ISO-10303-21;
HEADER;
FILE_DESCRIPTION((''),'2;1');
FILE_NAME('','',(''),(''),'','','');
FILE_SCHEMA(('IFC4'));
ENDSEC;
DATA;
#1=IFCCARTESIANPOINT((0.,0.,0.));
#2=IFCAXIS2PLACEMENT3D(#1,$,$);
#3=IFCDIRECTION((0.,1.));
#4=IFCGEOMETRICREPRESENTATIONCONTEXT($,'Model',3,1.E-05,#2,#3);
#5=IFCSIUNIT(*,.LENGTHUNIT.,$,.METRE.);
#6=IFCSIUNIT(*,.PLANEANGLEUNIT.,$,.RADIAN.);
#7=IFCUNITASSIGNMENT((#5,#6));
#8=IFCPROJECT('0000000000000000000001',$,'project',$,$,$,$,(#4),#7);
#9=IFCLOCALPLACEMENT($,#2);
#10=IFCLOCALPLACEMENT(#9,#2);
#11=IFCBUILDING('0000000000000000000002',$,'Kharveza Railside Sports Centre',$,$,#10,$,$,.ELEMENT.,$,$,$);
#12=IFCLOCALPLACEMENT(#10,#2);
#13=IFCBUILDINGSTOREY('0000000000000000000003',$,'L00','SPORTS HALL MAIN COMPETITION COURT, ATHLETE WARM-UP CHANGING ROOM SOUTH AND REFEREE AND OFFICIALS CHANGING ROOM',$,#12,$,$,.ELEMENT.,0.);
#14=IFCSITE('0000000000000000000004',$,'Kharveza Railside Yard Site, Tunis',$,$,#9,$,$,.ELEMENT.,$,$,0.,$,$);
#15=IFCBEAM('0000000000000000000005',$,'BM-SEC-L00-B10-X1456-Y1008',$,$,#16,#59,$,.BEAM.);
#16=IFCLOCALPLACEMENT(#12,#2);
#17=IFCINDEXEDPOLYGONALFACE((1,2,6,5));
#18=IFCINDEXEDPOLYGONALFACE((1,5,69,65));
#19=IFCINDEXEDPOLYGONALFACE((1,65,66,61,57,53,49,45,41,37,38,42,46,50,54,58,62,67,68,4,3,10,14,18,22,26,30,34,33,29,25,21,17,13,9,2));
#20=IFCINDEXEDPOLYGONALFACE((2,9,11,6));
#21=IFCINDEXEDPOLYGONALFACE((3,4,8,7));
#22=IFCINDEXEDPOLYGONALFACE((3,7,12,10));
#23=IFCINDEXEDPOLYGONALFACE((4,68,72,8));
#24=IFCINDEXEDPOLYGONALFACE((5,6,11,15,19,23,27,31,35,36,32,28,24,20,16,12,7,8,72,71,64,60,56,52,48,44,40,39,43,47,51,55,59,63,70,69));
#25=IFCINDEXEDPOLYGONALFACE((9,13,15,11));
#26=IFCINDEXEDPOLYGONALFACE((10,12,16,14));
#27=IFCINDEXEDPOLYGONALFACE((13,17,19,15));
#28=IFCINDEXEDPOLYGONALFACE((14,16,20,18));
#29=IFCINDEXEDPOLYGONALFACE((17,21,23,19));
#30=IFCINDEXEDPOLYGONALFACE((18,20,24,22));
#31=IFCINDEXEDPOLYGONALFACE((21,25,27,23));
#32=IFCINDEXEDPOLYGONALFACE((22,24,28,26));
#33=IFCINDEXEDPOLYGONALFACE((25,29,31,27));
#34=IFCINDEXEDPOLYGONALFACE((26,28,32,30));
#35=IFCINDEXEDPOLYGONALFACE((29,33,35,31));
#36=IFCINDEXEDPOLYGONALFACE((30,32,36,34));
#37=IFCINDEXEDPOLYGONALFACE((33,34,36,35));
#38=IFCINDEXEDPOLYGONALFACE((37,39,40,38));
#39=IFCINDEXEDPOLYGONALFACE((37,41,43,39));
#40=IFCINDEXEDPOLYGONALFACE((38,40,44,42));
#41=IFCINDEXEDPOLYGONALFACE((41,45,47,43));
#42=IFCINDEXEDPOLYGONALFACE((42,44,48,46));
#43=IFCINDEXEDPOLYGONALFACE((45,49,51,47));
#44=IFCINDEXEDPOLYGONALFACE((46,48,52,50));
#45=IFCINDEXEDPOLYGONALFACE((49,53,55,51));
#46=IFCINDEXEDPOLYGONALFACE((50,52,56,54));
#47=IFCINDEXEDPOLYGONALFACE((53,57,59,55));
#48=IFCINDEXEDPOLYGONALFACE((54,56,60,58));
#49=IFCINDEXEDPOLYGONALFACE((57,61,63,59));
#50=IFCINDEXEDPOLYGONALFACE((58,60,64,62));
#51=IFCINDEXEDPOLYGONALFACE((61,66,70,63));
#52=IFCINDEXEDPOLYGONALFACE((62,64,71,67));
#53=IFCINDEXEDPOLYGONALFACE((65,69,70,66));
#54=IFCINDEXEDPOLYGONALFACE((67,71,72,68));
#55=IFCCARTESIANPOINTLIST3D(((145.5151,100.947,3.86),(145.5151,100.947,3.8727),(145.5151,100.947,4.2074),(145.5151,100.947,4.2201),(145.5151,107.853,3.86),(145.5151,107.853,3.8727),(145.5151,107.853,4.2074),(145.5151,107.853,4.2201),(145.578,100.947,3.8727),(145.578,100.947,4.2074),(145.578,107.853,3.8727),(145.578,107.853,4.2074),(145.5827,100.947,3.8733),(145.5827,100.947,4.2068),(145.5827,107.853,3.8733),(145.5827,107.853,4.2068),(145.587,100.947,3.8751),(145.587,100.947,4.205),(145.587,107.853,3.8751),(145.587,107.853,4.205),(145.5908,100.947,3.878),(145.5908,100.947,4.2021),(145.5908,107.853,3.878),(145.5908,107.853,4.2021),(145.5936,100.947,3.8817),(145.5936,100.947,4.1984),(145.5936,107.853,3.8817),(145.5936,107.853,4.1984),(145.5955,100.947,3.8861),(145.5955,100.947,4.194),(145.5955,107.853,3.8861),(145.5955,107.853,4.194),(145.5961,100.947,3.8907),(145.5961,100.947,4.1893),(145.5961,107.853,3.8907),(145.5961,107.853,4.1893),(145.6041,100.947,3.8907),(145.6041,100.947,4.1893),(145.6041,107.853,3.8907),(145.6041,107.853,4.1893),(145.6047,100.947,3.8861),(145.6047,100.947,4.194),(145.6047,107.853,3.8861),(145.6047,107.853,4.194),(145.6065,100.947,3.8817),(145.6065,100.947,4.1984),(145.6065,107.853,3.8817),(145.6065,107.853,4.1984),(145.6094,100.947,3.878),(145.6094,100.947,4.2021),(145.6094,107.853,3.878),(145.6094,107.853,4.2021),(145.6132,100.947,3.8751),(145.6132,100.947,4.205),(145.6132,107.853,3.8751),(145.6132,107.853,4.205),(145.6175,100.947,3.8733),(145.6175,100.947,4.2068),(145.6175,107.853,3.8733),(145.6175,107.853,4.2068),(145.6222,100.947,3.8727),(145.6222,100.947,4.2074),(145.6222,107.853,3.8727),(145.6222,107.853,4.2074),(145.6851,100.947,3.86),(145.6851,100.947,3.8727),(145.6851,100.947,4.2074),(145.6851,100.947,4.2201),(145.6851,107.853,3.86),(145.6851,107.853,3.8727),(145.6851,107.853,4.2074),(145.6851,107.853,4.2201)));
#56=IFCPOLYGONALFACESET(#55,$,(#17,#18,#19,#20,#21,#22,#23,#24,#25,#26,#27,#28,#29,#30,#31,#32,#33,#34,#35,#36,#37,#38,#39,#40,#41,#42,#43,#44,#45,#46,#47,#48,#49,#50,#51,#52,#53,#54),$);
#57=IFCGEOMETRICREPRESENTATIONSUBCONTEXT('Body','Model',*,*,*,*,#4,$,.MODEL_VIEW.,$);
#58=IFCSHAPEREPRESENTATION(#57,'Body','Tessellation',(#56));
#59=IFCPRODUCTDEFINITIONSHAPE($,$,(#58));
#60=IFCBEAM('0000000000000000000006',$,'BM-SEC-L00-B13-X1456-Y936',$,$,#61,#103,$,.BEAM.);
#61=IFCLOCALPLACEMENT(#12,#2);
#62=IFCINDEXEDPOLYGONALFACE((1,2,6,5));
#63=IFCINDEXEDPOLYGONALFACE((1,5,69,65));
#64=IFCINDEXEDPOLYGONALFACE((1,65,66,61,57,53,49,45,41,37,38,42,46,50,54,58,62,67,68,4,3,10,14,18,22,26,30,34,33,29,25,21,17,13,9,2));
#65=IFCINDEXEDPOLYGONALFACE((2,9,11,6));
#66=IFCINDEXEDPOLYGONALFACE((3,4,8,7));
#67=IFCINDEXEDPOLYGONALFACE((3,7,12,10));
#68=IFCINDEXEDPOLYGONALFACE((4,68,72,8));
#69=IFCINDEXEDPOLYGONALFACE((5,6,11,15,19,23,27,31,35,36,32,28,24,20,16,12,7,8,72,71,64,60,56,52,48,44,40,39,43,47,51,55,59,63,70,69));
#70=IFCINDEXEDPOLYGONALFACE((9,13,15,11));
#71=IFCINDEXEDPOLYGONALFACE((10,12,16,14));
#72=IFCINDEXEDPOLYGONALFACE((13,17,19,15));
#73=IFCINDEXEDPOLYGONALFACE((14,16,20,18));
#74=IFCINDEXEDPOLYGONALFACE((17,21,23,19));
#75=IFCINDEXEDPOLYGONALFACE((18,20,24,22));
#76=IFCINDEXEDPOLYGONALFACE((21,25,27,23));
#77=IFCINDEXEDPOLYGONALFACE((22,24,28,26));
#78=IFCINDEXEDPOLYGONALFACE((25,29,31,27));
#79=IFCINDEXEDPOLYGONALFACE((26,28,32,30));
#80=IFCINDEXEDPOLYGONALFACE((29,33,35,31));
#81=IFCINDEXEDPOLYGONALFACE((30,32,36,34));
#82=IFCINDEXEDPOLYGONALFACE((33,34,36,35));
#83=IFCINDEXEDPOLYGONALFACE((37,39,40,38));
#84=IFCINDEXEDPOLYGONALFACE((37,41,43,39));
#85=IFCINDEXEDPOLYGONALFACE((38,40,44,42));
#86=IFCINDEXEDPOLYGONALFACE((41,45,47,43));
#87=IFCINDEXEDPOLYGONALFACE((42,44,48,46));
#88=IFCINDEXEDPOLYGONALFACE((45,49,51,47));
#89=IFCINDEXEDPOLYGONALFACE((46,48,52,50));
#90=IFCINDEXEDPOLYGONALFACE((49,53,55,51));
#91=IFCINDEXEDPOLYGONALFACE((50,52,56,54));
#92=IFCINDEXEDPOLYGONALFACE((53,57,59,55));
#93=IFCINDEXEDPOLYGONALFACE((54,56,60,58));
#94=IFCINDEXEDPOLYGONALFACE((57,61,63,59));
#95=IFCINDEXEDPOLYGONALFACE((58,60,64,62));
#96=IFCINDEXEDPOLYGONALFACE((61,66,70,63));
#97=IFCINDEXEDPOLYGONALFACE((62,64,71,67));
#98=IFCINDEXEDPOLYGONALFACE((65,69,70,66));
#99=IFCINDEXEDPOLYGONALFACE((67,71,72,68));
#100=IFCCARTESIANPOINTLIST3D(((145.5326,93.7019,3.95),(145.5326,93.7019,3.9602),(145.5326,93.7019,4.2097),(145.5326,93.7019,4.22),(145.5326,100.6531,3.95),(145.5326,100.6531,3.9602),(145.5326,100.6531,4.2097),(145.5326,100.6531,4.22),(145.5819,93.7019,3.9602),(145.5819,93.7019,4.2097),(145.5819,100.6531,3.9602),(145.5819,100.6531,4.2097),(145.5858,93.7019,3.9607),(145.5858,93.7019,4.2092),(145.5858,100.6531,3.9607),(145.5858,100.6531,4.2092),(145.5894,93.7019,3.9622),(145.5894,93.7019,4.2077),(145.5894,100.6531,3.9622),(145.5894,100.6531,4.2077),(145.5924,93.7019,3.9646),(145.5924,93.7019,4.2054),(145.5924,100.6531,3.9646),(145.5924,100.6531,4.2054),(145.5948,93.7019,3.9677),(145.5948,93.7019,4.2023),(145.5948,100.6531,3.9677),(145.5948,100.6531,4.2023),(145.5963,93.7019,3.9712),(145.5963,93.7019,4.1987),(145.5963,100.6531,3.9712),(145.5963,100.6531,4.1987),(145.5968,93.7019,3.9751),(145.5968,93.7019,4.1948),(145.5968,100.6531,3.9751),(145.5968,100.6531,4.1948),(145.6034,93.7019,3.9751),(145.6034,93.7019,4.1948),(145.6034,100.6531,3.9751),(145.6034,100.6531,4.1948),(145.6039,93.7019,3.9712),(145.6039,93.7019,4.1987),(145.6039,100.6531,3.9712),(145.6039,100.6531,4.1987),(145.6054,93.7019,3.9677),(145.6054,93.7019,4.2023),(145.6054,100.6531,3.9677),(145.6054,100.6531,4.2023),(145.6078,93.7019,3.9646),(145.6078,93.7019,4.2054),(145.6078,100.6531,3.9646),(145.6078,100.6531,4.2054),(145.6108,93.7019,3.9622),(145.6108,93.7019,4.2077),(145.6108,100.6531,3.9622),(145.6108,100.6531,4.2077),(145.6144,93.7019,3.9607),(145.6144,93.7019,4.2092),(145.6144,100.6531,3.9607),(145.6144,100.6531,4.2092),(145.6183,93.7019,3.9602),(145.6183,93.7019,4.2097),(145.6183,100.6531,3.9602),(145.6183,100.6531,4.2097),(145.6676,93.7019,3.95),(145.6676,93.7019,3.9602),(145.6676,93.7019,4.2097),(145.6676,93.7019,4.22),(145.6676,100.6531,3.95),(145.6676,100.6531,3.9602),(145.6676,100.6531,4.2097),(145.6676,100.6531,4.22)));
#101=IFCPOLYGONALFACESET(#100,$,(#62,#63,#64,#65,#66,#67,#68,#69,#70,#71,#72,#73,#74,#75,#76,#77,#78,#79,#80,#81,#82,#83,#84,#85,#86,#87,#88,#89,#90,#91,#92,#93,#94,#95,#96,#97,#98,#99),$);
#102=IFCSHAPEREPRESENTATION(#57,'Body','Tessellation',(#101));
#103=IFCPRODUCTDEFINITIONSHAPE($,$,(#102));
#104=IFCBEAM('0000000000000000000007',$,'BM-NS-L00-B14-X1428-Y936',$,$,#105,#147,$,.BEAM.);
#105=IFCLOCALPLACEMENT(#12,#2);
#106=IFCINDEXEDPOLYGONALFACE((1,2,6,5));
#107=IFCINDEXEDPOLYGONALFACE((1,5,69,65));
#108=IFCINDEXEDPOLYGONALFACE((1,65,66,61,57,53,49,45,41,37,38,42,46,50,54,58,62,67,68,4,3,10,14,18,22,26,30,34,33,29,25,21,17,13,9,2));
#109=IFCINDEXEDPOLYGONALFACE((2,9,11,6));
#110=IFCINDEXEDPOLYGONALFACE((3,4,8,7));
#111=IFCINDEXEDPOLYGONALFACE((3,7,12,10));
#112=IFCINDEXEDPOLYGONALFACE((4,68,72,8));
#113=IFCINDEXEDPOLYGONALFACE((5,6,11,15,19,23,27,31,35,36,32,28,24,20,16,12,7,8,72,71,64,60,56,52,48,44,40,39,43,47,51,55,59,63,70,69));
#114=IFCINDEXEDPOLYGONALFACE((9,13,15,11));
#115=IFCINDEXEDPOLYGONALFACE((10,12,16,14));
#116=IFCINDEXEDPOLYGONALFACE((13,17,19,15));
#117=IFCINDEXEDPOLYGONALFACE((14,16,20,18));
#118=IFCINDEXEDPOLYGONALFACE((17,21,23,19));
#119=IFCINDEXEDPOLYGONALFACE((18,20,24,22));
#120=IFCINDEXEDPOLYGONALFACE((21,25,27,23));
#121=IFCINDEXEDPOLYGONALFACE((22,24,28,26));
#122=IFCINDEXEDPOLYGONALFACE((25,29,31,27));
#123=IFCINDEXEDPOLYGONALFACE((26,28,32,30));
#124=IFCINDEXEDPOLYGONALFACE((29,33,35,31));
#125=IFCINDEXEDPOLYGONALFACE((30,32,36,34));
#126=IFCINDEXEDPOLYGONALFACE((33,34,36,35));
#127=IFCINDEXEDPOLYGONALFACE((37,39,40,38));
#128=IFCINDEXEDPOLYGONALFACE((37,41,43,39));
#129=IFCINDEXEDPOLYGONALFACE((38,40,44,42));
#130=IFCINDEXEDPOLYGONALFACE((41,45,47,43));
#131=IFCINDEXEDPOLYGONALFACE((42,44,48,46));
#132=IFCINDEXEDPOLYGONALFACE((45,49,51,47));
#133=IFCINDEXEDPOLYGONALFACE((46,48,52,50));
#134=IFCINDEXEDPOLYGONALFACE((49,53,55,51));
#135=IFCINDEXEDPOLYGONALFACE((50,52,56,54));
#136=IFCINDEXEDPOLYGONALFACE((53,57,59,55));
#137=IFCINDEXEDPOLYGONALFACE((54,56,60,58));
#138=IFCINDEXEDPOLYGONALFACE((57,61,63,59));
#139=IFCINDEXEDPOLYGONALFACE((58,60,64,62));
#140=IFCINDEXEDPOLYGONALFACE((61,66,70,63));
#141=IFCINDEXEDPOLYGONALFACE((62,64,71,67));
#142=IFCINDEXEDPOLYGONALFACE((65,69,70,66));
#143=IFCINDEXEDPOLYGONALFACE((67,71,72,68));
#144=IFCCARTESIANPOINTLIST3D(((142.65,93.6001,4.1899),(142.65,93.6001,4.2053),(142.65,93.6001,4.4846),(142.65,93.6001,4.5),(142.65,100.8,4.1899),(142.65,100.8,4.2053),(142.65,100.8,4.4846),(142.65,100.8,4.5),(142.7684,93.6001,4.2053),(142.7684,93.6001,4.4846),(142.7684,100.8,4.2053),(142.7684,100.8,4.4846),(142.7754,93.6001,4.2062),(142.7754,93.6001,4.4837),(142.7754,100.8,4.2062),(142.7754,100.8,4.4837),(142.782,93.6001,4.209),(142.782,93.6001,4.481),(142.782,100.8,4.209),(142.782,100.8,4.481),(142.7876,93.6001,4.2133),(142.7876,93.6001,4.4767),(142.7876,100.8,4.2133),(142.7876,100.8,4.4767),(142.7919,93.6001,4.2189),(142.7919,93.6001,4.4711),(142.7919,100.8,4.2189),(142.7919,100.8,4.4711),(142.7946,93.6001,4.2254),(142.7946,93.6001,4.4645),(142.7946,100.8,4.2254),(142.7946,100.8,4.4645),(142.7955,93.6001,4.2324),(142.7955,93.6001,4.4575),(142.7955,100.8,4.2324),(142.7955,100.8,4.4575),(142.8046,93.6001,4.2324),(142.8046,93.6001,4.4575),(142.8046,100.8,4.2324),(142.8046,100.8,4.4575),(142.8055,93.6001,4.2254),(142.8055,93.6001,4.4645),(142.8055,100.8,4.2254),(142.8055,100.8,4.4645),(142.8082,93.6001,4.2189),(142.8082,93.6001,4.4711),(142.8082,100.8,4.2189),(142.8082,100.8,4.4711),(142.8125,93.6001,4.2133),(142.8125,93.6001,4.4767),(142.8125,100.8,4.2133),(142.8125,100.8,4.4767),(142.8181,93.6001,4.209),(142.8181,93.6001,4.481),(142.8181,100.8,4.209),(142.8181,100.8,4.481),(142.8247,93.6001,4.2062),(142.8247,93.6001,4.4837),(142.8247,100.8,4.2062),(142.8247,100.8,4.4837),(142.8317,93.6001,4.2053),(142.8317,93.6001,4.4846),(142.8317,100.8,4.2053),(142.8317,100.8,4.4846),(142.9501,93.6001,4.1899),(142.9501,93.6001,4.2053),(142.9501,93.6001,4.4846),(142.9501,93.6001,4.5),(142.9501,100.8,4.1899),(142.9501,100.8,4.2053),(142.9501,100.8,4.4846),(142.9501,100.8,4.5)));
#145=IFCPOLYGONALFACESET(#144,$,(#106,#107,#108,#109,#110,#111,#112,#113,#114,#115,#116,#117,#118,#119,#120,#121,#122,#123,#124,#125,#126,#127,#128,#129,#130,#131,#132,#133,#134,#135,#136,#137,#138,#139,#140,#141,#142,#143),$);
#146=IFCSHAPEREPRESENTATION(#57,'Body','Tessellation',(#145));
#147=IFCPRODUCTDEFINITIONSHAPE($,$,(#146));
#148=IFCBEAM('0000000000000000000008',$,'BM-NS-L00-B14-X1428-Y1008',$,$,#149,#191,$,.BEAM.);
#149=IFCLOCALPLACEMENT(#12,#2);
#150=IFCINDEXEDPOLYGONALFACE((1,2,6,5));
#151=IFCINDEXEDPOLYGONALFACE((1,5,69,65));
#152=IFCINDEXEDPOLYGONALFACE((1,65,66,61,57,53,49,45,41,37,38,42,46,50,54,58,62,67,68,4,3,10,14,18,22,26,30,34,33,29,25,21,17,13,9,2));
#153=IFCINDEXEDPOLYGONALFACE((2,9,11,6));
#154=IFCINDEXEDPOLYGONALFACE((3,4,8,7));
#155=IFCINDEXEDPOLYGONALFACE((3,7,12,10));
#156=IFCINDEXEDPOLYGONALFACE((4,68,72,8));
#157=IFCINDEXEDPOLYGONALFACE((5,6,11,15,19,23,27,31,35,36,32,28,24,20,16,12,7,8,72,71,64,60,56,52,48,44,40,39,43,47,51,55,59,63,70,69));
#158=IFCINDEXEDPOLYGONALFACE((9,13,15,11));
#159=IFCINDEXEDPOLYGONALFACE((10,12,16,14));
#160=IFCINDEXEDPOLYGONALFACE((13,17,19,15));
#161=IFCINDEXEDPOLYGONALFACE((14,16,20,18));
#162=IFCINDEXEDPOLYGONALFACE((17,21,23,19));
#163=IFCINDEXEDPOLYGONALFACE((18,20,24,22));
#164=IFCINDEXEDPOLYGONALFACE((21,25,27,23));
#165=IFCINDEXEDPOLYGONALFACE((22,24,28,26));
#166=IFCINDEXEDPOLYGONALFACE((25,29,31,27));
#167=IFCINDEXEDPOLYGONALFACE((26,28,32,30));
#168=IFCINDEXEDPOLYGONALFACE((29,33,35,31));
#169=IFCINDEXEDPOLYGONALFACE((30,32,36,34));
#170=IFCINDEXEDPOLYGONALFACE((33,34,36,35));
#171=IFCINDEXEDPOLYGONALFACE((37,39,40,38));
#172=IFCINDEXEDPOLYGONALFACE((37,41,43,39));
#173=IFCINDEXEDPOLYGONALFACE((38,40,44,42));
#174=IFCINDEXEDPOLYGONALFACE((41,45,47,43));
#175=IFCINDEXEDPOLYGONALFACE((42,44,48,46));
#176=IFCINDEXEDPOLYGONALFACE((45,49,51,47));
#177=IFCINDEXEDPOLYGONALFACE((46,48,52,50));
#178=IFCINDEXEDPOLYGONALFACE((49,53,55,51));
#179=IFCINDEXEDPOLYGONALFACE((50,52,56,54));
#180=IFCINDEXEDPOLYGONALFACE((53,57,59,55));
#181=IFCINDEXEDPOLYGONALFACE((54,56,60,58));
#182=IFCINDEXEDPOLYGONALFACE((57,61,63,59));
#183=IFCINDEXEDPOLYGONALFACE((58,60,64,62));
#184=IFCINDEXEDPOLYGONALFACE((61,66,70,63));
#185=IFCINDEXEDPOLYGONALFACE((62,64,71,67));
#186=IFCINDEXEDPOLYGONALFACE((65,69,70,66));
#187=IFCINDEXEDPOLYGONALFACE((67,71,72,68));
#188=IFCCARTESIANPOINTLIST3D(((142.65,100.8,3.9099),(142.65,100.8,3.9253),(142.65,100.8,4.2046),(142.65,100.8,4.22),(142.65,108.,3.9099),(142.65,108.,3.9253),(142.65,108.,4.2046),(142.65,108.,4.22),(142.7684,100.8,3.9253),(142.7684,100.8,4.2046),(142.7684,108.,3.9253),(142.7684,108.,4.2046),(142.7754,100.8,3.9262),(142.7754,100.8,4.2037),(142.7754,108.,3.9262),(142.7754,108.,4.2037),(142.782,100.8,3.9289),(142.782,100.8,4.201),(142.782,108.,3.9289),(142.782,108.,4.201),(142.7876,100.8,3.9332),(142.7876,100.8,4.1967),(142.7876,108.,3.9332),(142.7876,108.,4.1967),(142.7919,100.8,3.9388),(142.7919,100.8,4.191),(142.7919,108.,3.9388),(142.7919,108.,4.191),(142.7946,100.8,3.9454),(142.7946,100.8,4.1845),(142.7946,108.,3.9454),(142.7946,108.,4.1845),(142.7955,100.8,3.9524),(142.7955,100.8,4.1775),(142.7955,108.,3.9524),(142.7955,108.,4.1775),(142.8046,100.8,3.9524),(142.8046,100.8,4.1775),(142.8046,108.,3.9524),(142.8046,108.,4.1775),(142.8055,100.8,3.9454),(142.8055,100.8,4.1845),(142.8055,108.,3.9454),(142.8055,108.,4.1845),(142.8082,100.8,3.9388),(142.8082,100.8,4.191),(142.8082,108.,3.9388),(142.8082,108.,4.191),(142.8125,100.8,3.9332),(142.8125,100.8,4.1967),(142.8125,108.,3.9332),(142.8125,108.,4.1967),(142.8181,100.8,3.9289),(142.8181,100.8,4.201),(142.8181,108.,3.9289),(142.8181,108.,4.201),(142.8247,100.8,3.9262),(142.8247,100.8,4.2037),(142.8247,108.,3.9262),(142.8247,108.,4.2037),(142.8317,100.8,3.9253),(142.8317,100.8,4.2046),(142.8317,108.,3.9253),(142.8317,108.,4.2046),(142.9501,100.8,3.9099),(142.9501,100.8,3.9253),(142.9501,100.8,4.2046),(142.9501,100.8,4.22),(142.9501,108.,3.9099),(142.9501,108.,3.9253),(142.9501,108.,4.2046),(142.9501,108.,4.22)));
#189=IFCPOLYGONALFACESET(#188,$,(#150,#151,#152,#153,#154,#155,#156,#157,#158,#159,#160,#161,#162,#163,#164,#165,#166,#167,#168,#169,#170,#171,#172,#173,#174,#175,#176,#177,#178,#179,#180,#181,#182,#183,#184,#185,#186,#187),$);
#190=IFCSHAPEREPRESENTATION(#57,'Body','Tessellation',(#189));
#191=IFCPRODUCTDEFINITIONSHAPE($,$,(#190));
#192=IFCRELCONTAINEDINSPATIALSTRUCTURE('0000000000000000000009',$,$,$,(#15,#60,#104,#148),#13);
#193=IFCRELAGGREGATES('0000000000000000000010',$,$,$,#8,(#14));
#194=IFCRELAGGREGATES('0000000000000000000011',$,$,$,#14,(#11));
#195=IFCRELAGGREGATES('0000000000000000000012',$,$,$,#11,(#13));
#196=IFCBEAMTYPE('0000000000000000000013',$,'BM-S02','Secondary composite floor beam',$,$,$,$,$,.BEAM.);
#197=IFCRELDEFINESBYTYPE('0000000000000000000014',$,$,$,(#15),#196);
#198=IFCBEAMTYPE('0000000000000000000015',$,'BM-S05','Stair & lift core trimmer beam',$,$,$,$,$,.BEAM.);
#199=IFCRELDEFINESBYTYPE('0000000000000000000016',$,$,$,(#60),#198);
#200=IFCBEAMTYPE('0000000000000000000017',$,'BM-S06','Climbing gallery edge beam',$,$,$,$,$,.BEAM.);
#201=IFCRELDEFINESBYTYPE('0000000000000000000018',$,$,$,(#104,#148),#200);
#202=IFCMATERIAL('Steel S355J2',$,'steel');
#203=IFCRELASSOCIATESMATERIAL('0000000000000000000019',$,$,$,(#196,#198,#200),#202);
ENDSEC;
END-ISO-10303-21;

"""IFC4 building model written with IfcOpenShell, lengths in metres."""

from ifc_helpers import new_model, si_unit, direction, frame, origin, origin_2d, place, context, subcontext, project, spatial, i_section, extrude, material, material_profile, profile_set, type_object, element, save


model = new_model("IFC4")

# Units and contexts
model_context = context("Model", 3, precision=1e-05, world=origin(), true_north=direction((0.0, 1.0)))
body_context = subcontext(model_context, "Body", "Model", "MODEL_VIEW")
ifc_project = project(units=[si_unit("LENGTHUNIT", "METRE"), si_unit("PLANEANGLEUNIT", "RADIAN")], contexts=[model_context])

# Site, building, storey
site_placement = place(None, origin())
site = spatial("IfcSite", under=ifc_project, at=site_placement, Name="Kharveza Railside Yard Site, Tunis", CompositionType="ELEMENT", RefElevation=0.0)
building_placement = place(site_placement, origin())
building = spatial("IfcBuilding", under=site, at=building_placement, Name="Kharveza Railside Sports Centre", CompositionType="ELEMENT")
storey_placement = place(building_placement, origin())
storey = spatial("IfcBuildingStorey", under=building, at=storey_placement, Name="L00", Description="SPORTS HALL MAIN COMPETITION COURT, ATHLETE WARM-UP CHANGING ROOM SOUTH AND REFEREE AND OFFICIALS CHANGING ROOM", CompositionType="ELEMENT", Elevation=0.0)

# Shared definitions
ifc_material_1 = material(Name="Steel S355J2", Category="steel")

# Beams
ifc_material_profile_1 = material_profile(ifc_material_1, i_section(OverallWidth=0.1699, OverallDepth=0.3601, WebThickness=0.0081, FlangeThickness=0.0127, FilletRadius=0.0181, at=origin_2d()), Name="IPE 360")
ifc_profile_set_1 = profile_set([ifc_material_profile_1], Name="Steel S355J2")
beam_type_1 = type_object("IfcBeamType", Name="BM-S02", Description="Secondary composite floor beam", PredefinedType="BEAM", material=ifc_profile_set_1)
beam_1_placement = place(storey_placement, frame((145.6001, 100.947, 4.04), z_axis=(0.0, 1.0, 0.0), x_axis=(-1.0, 0.0, 0.0)))
element("IfcBeam", 1, at=beam_1_placement, inside=storey, type_object=beam_type_1, Name="BM-SEC-L00-B10-X1456-Y1008", PredefinedType="BEAM", context=body_context, shape_type="SweptSolid", body=[
    extrude(i_section(OverallWidth=0.1699, OverallDepth=0.3601, WebThickness=0.0081, FlangeThickness=0.0127, FilletRadius=0.0181, at=origin_2d()), origin(), (0.0, 0.0, 1.0), 6.906),
])
ifc_material_profile_2 = material_profile(ifc_material_1, i_section(OverallWidth=0.135, OverallDepth=0.27, WebThickness=0.0066, FlangeThickness=0.0103, FilletRadius=0.0149, at=origin_2d()), Name="IPE 270")
ifc_profile_set_2 = profile_set([ifc_material_profile_2], Name="Steel S355J2")
beam_type_2 = type_object("IfcBeamType", Name="BM-S05", Description="Stair & lift core trimmer beam", PredefinedType="BEAM", material=ifc_profile_set_2)
beam_2_placement = place(storey_placement, frame((145.6001, 93.7019, 4.085), z_axis=(0.0, 1.0, 0.0), x_axis=(-1.0, 0.0, 0.0)))
element("IfcBeam", 2, at=beam_2_placement, inside=storey, type_object=beam_type_2, Name="BM-SEC-L00-B13-X1456-Y936", PredefinedType="BEAM", context=body_context, shape_type="SweptSolid", body=[
    extrude(i_section(OverallWidth=0.135, OverallDepth=0.27, WebThickness=0.0066, FlangeThickness=0.0103, FilletRadius=0.0149, at=origin_2d()), origin(), (0.0, 0.0, 1.0), 6.9512),
])
ifc_material_profile_3 = material_profile(ifc_material_1, i_section(OverallWidth=0.3, OverallDepth=0.3101, WebThickness=0.009, FlangeThickness=0.0154, FilletRadius=0.0271, at=origin_2d()), Name="HEA 320")
ifc_profile_set_3 = profile_set([ifc_material_profile_3], Name="Steel S355J2")
beam_type_3 = type_object("IfcBeamType", Name="BM-S06", Description="Climbing gallery edge beam", PredefinedType="BEAM", material=ifc_profile_set_3)
for number, where, z_axis, x_axis, name in (
    (3, (142.8, 93.6001, 4.345), (0.0, 1.0, 0.0), (-1.0, 0.0, 0.0), "BM-NS-L00-B14-X1428-Y936"),
    (4, (142.8, 100.8, 4.0649), (0.0, 1.0, 0.0), (-1.0, 0.0, 0.0), "BM-NS-L00-B14-X1428-Y1008"),
):
    element("IfcBeam", number, at=place(storey_placement, frame(where, z_axis=z_axis, x_axis=x_axis)), inside=storey, type_object=beam_type_3, Name=name, PredefinedType="BEAM", context=body_context, shape_type="SweptSolid", body=[
        extrude(i_section(OverallWidth=0.3, OverallDepth=0.3101, WebThickness=0.009, FlangeThickness=0.0154, FilletRadius=0.0271, at=origin_2d()), origin(), (0.0, 0.0, 1.0), 7.2),
    ])

save(model, "model.ifc")
